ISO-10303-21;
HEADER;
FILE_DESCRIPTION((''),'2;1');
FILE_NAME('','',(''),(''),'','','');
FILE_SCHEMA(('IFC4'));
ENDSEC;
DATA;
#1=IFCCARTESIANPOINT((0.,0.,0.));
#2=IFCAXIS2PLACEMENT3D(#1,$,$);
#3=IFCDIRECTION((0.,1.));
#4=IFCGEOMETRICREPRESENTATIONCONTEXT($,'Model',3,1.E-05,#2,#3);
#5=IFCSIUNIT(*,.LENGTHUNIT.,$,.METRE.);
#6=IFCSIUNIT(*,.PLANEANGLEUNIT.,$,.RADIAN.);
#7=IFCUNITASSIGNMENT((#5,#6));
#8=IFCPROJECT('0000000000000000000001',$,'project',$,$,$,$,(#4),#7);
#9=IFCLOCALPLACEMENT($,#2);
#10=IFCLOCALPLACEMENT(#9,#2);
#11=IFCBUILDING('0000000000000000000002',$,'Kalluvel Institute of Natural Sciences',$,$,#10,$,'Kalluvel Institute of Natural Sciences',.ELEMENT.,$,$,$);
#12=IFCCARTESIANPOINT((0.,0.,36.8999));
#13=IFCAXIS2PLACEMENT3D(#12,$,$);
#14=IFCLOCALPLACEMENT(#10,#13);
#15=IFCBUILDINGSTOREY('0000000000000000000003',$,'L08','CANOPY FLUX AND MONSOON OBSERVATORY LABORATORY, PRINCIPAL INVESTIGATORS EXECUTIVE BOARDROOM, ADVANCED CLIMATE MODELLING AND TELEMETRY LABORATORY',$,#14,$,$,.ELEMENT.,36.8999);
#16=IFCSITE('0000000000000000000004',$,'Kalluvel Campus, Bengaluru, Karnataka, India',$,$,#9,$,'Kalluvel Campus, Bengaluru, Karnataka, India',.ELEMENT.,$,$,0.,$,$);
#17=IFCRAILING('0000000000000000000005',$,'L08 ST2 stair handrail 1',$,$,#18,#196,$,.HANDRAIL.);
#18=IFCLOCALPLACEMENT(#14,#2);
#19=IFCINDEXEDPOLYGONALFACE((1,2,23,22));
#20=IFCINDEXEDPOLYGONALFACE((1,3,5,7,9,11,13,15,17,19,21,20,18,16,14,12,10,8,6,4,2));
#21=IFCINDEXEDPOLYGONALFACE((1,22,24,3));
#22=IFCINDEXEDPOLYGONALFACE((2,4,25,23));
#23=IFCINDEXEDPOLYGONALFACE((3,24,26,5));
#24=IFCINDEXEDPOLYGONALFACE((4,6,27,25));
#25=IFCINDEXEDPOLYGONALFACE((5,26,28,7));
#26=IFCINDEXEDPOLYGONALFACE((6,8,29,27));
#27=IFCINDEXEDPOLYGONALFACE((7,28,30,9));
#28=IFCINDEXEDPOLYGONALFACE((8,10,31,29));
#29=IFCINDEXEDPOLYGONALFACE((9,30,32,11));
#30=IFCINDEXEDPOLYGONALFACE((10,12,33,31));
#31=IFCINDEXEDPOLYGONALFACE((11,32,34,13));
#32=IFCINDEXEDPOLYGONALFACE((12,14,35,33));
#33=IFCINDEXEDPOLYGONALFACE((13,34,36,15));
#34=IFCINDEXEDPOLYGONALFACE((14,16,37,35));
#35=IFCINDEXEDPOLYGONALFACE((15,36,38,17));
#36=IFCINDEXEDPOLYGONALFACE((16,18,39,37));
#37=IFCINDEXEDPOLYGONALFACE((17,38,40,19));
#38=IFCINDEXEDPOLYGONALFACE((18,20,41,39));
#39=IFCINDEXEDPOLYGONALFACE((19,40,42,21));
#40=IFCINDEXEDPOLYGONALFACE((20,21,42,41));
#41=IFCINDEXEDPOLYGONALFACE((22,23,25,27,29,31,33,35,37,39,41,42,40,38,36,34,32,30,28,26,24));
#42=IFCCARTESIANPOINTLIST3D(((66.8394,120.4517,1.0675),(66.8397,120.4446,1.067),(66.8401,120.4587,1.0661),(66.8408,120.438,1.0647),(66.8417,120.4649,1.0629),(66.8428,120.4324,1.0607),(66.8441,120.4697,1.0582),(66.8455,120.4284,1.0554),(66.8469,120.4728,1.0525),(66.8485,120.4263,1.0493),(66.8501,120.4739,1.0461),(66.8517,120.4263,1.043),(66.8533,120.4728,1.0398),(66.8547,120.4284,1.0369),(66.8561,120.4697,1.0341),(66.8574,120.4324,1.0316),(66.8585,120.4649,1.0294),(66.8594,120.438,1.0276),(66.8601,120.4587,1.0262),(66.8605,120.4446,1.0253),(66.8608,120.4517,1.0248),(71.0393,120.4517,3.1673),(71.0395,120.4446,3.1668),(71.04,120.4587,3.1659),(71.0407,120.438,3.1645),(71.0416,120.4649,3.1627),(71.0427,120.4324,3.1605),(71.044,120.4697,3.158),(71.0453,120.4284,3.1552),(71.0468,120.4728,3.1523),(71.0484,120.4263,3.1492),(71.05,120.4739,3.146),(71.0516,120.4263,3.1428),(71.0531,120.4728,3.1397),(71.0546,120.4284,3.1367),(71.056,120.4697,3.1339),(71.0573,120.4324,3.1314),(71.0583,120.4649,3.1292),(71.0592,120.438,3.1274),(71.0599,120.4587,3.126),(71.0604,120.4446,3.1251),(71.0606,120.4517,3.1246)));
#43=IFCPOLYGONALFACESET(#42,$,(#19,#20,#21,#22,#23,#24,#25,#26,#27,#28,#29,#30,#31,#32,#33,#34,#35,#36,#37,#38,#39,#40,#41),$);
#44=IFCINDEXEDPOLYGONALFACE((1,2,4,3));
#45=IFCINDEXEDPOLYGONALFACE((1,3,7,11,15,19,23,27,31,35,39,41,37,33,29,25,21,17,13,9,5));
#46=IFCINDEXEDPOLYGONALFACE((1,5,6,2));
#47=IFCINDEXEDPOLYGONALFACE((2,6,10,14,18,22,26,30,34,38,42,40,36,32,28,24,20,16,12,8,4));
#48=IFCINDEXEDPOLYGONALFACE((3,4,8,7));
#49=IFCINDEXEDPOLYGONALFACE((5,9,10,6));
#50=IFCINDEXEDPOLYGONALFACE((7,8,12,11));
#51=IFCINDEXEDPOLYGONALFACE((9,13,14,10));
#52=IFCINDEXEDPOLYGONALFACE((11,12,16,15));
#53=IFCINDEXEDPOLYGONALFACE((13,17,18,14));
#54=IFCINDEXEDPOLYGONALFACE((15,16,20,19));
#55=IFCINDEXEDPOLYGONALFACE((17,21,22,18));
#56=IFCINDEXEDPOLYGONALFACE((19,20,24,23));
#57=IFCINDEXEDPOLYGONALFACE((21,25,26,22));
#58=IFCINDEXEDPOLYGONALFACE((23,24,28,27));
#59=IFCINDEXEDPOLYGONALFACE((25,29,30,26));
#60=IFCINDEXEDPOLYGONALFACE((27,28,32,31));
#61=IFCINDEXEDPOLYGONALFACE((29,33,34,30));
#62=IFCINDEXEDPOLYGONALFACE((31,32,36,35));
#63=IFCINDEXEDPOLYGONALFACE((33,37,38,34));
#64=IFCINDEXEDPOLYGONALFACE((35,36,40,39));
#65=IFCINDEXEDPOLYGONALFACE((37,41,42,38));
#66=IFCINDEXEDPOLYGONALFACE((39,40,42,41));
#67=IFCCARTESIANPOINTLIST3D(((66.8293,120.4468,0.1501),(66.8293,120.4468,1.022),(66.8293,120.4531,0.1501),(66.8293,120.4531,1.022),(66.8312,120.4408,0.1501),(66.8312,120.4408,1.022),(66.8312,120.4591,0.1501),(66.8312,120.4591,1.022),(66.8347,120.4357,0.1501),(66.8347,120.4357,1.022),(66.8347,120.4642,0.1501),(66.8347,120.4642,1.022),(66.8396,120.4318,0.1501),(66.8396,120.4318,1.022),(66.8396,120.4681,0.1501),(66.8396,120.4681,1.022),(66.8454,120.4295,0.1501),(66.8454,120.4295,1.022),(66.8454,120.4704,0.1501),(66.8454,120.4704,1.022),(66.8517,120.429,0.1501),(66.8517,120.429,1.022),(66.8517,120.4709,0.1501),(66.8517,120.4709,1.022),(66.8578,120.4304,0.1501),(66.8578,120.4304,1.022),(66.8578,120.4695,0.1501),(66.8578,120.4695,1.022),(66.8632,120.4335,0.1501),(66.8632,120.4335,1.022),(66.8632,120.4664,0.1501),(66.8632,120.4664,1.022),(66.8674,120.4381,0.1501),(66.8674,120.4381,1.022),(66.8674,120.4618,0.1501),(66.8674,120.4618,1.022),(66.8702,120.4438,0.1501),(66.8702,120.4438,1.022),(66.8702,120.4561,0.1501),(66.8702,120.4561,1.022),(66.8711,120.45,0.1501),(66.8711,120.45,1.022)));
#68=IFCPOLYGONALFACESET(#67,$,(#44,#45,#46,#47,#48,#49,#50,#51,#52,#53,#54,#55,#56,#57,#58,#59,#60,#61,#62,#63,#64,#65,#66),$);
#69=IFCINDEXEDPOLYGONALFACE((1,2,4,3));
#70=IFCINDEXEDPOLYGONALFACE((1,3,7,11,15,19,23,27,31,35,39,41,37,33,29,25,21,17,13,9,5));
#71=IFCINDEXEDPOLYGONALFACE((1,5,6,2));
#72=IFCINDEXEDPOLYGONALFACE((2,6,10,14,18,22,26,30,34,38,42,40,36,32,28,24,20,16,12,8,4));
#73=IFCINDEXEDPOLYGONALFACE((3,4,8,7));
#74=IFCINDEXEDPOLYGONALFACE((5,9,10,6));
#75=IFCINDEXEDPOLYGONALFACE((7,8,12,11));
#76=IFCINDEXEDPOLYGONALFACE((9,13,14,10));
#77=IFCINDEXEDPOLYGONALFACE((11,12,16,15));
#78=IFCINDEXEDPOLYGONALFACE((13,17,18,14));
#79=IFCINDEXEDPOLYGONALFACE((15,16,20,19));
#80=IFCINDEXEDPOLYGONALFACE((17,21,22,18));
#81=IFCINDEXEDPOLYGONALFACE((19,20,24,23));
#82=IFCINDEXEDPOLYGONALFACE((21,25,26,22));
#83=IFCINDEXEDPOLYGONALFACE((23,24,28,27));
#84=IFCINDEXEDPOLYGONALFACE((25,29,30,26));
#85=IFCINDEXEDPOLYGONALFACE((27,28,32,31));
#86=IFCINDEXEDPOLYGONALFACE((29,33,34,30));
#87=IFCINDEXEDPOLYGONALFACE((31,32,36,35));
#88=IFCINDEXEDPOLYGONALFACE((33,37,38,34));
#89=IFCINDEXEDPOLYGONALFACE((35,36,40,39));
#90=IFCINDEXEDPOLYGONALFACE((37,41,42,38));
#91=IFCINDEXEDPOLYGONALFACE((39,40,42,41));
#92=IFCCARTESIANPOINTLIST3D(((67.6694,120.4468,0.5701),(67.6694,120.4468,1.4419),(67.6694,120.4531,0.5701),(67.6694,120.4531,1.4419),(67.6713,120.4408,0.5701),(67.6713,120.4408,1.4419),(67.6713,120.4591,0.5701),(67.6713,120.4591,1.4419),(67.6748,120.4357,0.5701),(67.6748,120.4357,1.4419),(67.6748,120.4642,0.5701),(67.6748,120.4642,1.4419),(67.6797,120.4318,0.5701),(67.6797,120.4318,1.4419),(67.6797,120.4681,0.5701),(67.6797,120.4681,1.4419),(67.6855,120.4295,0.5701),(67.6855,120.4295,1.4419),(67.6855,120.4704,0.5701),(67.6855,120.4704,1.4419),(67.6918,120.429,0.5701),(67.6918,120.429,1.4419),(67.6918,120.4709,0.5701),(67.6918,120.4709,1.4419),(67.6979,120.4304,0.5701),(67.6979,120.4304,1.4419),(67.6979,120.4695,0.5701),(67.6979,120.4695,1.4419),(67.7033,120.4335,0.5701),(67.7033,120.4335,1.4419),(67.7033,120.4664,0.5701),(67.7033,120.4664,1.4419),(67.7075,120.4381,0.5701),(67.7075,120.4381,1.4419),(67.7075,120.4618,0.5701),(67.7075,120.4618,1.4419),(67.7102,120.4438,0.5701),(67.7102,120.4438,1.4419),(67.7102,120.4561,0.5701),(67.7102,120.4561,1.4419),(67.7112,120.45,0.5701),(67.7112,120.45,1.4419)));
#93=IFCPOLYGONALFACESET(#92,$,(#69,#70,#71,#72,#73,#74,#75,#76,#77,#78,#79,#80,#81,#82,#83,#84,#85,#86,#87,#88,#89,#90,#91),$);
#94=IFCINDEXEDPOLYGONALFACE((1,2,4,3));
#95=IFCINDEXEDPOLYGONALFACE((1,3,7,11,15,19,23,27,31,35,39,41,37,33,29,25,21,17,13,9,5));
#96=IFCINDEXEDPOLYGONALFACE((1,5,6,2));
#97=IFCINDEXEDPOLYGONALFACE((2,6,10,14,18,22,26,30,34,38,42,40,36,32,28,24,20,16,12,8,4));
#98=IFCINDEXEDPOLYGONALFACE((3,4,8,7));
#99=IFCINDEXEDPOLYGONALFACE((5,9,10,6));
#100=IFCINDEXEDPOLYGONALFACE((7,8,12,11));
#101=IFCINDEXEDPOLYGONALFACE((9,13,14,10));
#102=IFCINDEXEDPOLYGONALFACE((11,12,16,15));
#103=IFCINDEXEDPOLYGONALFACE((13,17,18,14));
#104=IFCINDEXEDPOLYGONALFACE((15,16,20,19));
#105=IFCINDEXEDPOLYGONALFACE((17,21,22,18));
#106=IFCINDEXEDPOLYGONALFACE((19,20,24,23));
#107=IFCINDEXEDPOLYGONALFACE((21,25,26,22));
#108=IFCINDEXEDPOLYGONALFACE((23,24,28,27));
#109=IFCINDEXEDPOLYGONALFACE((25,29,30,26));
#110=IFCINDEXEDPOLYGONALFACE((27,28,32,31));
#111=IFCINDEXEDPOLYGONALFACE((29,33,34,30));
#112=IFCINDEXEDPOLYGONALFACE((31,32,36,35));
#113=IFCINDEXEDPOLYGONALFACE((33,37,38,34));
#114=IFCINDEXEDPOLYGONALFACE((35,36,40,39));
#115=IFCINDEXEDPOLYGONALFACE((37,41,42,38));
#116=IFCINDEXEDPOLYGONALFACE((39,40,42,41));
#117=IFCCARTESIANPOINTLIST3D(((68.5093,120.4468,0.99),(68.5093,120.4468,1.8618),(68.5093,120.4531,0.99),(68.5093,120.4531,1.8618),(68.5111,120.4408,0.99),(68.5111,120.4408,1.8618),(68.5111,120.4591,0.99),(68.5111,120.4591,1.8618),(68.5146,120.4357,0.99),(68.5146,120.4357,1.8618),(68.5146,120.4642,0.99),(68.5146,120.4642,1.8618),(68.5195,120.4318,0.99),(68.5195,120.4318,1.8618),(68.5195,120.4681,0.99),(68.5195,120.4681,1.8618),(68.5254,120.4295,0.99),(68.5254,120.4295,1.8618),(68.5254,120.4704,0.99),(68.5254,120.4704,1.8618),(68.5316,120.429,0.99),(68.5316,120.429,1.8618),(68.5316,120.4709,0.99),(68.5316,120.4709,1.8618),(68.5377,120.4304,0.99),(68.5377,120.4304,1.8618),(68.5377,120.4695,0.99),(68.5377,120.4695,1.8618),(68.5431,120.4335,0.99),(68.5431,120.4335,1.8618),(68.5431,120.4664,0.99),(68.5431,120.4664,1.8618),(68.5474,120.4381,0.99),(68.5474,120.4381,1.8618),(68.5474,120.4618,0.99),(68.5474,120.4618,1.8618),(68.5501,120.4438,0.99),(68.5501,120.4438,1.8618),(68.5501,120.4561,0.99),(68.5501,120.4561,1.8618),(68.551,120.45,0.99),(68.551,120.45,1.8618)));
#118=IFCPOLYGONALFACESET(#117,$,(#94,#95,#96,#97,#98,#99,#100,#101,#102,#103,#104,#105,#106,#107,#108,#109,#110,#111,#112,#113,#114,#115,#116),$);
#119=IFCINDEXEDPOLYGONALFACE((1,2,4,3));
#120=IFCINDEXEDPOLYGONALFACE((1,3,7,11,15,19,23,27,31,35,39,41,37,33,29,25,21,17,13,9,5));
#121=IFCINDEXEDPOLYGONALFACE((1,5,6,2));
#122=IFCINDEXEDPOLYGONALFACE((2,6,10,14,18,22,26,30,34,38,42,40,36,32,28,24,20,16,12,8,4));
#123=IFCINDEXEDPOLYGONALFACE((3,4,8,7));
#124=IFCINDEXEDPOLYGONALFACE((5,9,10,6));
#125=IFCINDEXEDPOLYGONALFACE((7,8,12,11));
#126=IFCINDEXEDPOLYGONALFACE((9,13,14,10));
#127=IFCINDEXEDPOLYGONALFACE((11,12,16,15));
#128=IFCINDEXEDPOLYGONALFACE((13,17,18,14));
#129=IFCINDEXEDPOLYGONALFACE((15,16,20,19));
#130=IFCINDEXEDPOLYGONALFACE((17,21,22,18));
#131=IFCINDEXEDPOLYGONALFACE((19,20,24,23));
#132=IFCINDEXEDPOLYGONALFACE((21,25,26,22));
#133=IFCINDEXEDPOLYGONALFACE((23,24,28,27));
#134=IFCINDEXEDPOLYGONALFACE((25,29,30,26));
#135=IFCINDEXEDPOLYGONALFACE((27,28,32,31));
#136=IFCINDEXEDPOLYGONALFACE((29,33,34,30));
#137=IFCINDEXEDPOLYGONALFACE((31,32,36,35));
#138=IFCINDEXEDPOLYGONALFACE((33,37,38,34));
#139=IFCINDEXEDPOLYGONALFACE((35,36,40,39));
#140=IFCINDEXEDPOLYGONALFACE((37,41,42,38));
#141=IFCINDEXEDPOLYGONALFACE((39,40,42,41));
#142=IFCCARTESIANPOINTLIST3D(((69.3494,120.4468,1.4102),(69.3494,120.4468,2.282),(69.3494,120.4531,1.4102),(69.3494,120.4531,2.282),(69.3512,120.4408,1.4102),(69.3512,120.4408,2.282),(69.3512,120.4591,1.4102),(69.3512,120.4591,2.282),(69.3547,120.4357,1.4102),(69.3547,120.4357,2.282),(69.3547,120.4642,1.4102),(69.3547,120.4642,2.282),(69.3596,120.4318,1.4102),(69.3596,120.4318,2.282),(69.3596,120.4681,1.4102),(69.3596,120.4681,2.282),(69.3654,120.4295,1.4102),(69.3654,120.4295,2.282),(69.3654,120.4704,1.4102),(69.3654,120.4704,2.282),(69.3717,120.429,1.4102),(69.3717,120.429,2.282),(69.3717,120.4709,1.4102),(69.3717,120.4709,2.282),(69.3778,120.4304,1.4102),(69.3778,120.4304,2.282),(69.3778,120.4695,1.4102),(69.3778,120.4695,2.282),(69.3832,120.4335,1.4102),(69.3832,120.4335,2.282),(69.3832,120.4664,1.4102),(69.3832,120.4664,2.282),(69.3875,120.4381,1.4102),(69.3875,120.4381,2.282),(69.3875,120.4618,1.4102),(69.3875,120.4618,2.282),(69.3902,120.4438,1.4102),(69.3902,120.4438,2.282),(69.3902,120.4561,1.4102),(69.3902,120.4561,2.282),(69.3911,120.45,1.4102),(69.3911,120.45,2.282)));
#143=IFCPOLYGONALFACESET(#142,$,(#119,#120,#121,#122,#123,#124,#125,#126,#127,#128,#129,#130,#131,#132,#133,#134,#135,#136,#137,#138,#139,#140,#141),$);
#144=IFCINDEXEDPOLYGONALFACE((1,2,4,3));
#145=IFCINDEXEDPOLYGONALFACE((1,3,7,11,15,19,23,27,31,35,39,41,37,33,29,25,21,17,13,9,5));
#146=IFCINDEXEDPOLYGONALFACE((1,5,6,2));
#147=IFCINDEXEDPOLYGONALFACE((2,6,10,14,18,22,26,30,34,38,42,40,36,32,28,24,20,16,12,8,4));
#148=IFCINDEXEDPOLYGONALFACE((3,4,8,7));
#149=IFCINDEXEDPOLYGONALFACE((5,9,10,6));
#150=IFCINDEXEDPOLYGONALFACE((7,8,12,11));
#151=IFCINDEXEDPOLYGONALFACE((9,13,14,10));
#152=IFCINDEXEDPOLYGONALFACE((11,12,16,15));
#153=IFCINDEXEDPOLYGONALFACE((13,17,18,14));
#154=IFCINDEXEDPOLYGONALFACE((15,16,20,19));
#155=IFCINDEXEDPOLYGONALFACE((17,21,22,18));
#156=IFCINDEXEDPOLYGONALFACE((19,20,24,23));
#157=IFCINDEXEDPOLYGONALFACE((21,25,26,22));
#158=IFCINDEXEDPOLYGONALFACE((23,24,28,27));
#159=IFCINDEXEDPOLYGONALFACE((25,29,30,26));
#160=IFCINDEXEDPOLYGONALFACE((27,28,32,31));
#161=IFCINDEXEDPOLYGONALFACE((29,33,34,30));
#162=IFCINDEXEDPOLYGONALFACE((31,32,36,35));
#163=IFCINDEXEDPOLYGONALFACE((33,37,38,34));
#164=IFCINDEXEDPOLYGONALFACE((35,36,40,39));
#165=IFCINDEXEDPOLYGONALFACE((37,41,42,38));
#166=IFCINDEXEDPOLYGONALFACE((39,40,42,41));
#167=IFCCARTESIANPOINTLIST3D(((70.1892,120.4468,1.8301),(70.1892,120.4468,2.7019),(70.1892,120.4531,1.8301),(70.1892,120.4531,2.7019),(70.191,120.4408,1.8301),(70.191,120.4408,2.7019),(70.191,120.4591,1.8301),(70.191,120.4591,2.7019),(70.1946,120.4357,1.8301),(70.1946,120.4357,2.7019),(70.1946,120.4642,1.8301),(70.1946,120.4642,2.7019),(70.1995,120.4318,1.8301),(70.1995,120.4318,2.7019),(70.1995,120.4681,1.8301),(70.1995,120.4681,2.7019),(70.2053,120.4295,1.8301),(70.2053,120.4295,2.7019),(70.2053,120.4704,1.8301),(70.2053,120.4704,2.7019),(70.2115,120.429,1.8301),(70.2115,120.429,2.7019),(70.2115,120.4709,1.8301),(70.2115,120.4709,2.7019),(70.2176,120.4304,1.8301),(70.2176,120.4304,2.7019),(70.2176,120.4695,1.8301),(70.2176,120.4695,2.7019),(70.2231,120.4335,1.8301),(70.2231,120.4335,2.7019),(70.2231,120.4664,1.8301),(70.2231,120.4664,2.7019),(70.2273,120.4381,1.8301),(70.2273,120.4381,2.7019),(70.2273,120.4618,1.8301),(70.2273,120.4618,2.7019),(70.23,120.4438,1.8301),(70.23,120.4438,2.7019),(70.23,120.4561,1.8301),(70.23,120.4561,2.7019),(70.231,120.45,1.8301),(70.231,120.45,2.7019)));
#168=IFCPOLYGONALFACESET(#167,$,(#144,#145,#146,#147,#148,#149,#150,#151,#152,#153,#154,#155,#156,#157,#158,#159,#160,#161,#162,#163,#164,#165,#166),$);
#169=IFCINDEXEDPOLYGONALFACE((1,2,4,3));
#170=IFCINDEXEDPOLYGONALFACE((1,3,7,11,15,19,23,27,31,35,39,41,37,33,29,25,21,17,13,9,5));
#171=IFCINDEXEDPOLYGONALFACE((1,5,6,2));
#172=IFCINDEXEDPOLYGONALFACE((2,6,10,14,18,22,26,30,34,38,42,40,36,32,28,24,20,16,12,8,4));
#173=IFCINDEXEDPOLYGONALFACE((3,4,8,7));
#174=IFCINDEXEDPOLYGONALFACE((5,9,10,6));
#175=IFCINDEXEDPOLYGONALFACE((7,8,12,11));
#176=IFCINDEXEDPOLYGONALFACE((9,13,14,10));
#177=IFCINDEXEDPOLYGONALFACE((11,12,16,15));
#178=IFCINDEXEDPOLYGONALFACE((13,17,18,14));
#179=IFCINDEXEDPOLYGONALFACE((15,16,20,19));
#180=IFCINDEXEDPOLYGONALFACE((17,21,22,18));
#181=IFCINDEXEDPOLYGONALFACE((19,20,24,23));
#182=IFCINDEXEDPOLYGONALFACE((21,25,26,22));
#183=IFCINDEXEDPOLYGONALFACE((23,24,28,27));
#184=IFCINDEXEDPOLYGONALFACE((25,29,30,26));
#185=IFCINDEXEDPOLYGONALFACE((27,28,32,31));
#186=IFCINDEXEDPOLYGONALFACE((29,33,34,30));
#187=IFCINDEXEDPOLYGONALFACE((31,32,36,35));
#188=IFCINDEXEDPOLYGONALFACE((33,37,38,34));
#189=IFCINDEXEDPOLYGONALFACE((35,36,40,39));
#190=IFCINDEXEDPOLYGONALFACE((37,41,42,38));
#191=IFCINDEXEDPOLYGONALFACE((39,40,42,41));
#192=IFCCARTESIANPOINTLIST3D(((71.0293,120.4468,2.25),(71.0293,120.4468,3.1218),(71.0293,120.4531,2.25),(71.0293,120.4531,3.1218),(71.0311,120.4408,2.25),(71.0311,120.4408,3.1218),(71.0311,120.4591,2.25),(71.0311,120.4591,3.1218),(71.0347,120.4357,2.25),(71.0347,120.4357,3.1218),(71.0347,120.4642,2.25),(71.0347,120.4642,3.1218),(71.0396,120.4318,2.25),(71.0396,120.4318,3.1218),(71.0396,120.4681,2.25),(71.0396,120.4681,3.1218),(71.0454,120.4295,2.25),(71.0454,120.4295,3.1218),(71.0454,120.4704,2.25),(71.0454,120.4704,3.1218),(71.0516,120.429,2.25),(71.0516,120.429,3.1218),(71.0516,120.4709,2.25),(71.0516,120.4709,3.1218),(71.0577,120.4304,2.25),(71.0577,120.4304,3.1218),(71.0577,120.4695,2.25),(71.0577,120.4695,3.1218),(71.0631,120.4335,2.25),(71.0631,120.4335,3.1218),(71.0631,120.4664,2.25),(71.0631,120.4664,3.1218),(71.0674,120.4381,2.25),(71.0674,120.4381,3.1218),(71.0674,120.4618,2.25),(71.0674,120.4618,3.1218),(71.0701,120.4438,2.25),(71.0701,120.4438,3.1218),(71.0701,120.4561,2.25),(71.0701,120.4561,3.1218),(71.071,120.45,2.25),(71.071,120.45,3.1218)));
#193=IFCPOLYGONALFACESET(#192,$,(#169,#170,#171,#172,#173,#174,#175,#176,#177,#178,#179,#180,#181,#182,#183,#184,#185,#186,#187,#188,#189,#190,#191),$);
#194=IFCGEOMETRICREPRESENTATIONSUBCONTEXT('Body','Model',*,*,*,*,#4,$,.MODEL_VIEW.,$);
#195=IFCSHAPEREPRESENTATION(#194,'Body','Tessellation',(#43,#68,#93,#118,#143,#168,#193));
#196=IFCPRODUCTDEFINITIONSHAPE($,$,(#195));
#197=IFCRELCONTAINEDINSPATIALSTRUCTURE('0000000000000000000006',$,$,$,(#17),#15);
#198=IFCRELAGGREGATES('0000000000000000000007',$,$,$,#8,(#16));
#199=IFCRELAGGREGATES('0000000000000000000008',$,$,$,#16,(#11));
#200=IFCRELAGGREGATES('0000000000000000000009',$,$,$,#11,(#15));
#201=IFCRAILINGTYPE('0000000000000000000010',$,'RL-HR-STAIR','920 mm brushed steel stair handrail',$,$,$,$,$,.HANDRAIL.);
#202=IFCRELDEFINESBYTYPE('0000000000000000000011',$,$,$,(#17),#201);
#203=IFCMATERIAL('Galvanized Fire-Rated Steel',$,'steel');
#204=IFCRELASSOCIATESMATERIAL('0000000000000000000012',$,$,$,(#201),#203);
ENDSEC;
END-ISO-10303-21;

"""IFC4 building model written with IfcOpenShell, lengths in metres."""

from ifc_helpers import new_model, si_unit, direction, frame, origin, origin_2d, place, context, subcontext, project, spatial, circle, extrude, material, type_object, element, save


model = new_model("IFC4")

# Units and contexts
model_context = context("Model", 3, precision=1e-05, world=origin(), true_north=direction((0.0, 1.0)))
body_context = subcontext(model_context, "Body", "Model", "MODEL_VIEW")
ifc_project = project(units=[si_unit("LENGTHUNIT", "METRE"), si_unit("PLANEANGLEUNIT", "RADIAN")], contexts=[model_context])

# Site, building, storey
site_placement = place(None, origin())
site = spatial("IfcSite", under=ifc_project, at=site_placement, Name="Kalluvel Campus, Bengaluru, Karnataka, India", LongName="Kalluvel Campus, Bengaluru, Karnataka, India", CompositionType="ELEMENT", RefElevation=0.0)
building_placement = place(site_placement, origin())
building = spatial("IfcBuilding", under=site, at=building_placement, Name="Kalluvel Institute of Natural Sciences", LongName="Kalluvel Institute of Natural Sciences", CompositionType="ELEMENT")
storey_placement = place(building_placement, frame((0.0, 0.0, 36.8999)))
storey = spatial("IfcBuildingStorey", under=building, at=storey_placement, Name="L08", Description="CANOPY FLUX AND MONSOON OBSERVATORY LABORATORY, PRINCIPAL INVESTIGATORS EXECUTIVE BOARDROOM, ADVANCED CLIMATE MODELLING AND TELEMETRY LABORATORY", CompositionType="ELEMENT", Elevation=36.8999)

# Shared definitions
ifc_material_1 = material(Name="Galvanized Fire-Rated Steel", Category="steel")

# Railing
railing_type_1 = type_object("IfcRailingType", Name="RL-HR-STAIR", Description="920 mm brushed steel stair handrail", PredefinedType="HANDRAIL", material=ifc_material_1)
railing_1_placement = place(storey_placement, frame((66.8501, 120.45, 0.1501)))
element("IfcRailing", 1, at=railing_1_placement, inside=storey, type_object=railing_type_1, Name="L08 ST2 stair handrail 1", PredefinedType="HANDRAIL", context=body_context, shape_type="SweptSolid", body=[
    extrude(circle(Radius=0.0239, at=origin_2d()), frame((0.0, 0.0, 0.896), z_axis=(0.894438, 0.0, 0.447193), x_axis=(0.0, 1.0, 0.0)), (0.0, 0.0, 1.0), 4.6956),
    extrude(circle(Radius=0.021, at=origin_2d()), origin(), (0.0, 0.0, 1.0), 0.8718),
    extrude(circle(Radius=0.021, at=origin_2d()), frame((0.8401, 0.0, 0.4199)), (0.0, 0.0, 1.0), 0.8718),
    extrude(circle(Radius=0.021, at=origin_2d()), frame((1.6799, 0.0, 0.8398)), (0.0, 0.0, 1.0), 0.8718),
    extrude(circle(Radius=0.021, at=origin_2d()), frame((2.52, 0.0, 1.26)), (0.0, 0.0, 1.0), 0.8718),
    extrude(circle(Radius=0.021, at=origin_2d()), frame((3.3599, 0.0, 1.6799)), (0.0, 0.0, 1.0), 0.8718),
    extrude(circle(Radius=0.021, at=origin_2d()), frame((4.2, 0.0, 2.0999)), (0.0, 0.0, 1.0), 0.8718),
])

save(model, "model.ifc")
